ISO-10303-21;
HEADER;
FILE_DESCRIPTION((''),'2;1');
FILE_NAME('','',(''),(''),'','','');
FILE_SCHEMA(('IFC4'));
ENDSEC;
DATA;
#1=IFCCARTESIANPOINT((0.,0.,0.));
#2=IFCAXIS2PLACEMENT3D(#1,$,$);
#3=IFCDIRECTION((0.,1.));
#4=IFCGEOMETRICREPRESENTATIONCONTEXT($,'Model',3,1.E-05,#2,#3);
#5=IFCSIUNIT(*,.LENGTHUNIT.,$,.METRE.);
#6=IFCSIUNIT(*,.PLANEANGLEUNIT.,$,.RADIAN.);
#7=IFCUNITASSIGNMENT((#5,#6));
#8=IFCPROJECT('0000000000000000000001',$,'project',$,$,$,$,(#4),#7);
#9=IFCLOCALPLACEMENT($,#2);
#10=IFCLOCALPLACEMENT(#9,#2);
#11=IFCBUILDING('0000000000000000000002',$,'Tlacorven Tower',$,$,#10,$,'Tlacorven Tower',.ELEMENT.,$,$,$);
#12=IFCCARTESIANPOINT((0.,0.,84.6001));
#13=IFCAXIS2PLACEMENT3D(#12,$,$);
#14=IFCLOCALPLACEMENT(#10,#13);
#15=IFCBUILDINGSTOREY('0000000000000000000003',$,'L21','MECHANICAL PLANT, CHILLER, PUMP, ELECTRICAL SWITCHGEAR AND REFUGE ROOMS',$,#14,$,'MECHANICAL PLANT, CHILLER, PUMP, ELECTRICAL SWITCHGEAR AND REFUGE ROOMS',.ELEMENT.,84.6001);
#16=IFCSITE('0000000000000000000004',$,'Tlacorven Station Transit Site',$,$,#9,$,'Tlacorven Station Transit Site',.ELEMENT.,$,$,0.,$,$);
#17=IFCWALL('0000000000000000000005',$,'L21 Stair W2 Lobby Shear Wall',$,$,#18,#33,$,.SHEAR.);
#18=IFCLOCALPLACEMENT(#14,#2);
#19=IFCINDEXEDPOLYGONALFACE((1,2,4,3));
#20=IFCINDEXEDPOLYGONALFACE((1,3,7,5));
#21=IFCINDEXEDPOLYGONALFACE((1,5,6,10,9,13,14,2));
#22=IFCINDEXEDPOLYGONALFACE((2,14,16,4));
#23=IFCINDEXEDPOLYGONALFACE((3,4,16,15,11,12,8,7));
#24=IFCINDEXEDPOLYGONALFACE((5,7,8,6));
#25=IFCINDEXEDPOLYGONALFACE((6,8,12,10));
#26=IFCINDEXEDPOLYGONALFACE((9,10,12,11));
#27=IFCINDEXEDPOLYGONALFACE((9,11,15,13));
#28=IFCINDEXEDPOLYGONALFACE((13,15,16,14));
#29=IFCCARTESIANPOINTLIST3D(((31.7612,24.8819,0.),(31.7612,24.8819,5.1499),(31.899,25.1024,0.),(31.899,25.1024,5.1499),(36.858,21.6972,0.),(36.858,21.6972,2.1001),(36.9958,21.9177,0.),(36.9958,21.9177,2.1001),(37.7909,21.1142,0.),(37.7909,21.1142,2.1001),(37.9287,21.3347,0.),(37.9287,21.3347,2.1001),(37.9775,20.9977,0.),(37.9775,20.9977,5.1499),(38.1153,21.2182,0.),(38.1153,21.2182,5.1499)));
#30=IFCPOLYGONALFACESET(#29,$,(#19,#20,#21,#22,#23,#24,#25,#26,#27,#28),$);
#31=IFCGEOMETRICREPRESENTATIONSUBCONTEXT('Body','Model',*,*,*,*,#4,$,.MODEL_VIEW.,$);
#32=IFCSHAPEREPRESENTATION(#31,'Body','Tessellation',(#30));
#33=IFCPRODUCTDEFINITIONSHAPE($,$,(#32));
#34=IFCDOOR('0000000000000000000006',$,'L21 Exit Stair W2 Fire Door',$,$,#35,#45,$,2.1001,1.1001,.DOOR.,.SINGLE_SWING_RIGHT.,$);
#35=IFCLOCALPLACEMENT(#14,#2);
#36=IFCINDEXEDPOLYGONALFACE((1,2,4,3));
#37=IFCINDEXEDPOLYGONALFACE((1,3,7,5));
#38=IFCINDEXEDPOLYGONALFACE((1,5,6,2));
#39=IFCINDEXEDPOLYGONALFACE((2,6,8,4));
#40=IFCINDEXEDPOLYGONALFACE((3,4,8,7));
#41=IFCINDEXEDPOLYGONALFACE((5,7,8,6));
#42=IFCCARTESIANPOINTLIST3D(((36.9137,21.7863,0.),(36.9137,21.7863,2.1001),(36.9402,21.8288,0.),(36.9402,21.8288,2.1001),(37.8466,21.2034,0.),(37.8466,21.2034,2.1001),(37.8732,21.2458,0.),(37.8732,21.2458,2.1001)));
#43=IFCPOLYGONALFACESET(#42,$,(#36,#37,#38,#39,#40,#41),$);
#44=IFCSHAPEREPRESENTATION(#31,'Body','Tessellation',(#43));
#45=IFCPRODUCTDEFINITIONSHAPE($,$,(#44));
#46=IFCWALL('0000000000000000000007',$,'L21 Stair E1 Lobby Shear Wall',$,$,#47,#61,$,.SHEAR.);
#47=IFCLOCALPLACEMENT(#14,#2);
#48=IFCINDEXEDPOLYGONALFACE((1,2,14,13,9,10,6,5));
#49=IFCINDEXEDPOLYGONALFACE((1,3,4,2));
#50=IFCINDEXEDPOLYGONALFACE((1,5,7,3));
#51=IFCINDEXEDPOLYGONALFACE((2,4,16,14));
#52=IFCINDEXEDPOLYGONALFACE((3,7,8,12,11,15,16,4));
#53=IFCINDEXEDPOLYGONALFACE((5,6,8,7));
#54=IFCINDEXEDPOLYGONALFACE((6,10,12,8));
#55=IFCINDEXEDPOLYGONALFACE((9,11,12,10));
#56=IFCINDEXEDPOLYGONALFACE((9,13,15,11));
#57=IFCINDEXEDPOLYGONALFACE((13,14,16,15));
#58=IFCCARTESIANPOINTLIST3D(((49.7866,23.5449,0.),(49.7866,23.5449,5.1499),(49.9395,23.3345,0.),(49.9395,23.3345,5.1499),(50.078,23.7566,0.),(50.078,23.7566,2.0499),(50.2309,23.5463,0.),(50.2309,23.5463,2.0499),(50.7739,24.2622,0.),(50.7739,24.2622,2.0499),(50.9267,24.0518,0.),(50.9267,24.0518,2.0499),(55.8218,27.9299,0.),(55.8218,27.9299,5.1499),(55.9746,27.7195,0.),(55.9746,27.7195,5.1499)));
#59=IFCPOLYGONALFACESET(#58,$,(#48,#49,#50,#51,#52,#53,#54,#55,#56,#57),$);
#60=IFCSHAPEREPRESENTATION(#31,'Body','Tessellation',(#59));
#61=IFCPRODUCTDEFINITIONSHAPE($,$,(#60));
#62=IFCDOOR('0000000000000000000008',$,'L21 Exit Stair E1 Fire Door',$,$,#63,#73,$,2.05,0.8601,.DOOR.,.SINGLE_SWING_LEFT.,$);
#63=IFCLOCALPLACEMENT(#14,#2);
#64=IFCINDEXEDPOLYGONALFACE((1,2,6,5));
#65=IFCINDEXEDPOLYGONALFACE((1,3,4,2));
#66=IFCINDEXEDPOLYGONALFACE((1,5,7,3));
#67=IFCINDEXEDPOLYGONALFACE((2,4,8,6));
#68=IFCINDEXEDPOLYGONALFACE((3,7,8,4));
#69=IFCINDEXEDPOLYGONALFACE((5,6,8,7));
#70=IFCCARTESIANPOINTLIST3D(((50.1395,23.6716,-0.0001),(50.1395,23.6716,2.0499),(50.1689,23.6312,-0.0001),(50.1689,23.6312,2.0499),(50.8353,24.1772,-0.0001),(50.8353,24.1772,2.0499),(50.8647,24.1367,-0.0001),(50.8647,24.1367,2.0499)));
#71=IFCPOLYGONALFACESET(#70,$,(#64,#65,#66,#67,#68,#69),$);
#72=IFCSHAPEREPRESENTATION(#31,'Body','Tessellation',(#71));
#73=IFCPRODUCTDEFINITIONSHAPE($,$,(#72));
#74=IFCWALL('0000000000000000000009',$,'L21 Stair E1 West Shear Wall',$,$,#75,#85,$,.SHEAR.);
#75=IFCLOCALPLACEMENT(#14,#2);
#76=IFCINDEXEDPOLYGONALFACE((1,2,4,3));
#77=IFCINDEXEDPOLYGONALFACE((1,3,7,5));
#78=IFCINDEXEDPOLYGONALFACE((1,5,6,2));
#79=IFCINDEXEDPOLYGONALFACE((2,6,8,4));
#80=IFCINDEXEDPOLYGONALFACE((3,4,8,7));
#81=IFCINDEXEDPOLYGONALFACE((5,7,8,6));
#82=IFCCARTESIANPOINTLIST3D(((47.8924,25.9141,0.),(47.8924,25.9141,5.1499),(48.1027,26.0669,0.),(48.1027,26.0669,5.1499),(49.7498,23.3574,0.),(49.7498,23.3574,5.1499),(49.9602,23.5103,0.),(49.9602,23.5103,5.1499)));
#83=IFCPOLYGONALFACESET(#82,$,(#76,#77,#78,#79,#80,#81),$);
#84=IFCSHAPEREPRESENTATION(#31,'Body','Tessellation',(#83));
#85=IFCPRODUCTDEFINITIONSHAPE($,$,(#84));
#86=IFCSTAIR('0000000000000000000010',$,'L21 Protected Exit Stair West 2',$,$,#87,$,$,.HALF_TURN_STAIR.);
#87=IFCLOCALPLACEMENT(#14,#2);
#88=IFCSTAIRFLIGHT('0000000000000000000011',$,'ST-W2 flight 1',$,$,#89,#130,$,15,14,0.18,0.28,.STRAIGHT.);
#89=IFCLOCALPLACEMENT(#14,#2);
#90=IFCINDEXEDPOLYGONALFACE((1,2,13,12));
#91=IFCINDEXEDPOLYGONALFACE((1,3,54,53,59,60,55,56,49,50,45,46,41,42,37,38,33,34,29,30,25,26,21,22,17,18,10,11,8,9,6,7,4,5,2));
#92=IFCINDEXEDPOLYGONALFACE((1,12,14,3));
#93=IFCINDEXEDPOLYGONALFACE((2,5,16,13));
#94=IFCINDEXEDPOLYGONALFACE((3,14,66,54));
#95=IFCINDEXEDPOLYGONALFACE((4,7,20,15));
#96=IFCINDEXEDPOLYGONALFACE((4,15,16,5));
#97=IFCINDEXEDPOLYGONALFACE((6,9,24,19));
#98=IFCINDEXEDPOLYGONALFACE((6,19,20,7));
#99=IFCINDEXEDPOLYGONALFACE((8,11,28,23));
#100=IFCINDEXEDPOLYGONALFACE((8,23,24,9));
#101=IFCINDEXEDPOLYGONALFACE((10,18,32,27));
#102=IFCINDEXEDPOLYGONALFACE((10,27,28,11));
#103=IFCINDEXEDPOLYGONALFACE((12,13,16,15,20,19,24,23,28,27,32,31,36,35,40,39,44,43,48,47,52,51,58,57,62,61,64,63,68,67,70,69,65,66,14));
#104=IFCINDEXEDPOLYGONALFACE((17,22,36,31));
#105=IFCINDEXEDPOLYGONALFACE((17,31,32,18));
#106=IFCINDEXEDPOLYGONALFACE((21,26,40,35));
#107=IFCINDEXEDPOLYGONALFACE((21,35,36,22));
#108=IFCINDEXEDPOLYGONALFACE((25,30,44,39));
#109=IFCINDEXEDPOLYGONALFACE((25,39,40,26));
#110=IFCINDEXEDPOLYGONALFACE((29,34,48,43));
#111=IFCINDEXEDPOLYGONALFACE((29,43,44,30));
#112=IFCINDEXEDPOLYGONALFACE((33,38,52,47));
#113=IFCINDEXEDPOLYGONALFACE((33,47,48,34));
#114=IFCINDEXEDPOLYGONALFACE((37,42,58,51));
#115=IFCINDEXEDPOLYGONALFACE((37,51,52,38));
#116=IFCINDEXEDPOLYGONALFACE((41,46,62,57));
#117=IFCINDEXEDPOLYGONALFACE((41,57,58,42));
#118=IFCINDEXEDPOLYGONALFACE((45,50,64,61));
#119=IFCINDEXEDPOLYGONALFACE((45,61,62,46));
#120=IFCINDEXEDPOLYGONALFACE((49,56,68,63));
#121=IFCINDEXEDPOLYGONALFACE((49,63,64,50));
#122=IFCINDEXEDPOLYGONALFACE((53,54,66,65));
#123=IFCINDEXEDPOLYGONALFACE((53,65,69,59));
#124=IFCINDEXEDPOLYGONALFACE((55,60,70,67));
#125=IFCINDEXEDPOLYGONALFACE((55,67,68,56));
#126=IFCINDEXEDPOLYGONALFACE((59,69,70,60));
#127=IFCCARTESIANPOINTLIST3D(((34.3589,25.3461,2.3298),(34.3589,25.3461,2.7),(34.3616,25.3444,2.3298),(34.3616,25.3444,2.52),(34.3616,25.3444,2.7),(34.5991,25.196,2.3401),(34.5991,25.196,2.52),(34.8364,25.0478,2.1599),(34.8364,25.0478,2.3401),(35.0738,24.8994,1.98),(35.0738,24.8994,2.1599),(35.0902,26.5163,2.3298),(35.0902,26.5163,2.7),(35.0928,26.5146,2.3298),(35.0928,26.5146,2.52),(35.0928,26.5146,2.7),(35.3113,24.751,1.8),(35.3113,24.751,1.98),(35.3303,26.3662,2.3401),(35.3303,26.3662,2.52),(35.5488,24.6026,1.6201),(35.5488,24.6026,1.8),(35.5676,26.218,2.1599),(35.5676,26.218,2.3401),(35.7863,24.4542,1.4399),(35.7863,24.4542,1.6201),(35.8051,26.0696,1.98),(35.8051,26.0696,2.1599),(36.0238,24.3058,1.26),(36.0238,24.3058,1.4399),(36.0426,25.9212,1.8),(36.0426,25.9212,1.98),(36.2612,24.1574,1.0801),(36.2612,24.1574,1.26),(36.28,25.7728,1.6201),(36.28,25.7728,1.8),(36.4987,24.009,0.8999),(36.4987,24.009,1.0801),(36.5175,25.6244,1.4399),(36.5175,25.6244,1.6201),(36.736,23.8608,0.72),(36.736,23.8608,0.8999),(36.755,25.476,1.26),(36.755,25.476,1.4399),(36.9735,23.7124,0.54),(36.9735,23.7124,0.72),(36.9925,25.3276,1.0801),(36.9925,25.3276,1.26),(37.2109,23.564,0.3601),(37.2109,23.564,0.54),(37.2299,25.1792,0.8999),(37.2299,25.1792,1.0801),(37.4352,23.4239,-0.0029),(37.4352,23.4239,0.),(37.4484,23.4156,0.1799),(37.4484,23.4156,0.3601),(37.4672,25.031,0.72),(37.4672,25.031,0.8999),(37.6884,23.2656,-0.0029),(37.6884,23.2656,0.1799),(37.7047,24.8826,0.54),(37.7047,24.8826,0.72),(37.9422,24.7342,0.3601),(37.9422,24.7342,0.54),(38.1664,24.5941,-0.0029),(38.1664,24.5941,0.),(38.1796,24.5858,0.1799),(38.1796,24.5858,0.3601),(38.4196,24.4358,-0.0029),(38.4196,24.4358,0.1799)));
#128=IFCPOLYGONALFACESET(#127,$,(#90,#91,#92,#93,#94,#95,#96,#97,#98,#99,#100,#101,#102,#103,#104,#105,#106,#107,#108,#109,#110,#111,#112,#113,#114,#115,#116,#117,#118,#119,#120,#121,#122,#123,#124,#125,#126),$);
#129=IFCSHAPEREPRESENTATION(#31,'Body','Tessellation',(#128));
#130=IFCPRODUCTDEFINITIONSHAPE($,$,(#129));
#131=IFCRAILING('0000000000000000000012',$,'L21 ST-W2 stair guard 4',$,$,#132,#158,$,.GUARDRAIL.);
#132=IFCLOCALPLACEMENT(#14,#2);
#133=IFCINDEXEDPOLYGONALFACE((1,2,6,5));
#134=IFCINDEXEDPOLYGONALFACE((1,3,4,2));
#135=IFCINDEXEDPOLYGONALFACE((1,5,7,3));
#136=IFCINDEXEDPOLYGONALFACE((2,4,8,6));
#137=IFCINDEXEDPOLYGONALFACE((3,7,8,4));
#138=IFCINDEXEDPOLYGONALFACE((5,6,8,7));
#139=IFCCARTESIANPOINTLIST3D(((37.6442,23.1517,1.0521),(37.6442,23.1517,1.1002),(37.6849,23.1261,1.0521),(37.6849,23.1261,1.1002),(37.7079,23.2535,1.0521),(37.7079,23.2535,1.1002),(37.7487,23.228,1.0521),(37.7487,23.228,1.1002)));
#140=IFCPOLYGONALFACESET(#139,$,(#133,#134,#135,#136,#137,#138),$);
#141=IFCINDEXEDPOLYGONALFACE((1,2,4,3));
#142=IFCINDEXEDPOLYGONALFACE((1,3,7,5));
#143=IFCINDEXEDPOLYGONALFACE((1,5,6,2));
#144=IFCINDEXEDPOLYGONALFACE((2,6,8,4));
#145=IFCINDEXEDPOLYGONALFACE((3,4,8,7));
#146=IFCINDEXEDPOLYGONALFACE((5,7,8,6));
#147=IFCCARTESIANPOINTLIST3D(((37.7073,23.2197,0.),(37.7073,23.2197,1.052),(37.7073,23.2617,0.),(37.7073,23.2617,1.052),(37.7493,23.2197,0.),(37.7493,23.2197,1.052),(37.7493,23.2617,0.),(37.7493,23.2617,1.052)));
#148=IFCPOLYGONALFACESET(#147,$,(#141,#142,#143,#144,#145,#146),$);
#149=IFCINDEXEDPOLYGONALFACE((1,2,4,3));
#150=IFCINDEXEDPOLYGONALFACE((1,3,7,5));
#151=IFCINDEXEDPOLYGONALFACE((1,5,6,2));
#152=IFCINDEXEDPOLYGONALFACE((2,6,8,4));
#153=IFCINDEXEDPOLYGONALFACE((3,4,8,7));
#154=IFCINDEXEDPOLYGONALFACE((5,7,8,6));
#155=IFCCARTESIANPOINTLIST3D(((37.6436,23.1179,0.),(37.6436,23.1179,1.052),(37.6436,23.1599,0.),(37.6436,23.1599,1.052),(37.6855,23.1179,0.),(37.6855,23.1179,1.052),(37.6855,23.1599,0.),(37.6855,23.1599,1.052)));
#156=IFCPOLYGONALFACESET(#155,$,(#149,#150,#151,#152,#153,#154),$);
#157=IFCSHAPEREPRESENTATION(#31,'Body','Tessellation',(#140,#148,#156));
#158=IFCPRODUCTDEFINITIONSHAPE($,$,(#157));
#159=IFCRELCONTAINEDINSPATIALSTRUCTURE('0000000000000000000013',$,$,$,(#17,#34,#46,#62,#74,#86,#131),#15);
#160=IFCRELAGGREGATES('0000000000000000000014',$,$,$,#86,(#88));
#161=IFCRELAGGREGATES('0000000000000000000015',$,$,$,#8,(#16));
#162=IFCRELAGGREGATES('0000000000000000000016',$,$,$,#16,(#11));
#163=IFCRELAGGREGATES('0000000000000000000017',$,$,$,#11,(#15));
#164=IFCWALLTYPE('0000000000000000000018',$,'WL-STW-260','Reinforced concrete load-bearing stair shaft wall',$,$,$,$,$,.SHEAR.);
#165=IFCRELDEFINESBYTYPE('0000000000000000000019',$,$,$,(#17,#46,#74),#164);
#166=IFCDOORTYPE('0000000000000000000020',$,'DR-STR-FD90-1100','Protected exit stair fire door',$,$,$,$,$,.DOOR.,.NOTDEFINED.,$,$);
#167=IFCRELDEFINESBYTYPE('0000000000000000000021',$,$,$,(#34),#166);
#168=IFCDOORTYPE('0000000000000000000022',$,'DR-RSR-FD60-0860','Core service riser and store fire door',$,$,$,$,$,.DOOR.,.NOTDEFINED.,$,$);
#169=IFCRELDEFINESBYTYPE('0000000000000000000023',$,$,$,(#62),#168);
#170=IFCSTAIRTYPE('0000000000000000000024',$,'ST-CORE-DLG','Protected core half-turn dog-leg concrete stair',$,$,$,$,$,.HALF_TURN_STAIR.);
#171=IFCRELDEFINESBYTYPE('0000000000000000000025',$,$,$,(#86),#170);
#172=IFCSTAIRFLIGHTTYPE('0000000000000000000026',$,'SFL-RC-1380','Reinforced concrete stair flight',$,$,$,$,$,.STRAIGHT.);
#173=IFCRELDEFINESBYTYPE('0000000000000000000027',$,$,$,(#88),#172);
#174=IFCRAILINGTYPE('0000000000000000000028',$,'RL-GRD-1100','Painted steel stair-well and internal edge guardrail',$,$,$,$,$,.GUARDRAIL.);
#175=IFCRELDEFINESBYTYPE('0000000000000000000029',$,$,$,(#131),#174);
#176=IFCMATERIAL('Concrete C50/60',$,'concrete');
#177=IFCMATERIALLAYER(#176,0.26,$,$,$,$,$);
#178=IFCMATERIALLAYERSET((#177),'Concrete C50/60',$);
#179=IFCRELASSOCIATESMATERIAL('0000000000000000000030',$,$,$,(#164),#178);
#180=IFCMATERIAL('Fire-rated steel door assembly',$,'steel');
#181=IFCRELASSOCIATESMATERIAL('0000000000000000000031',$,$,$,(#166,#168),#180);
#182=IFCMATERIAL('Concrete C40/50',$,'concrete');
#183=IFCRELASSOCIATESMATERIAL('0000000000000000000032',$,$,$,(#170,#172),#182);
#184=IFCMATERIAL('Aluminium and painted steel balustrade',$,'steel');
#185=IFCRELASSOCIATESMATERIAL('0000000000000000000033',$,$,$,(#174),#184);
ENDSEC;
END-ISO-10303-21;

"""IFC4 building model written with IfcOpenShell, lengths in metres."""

from ifc_helpers import new_model, si_unit, direction, frame, frame_2d, origin, origin_2d, place, context, subcontext, project, spatial, polyline, rectangle, outline, extrude, source, transform, mapped, material, layer, layer_set, type_object, element, fill, aggregate, save


model = new_model("IFC4")

# Units and contexts
model_context = context("Model", 3, precision=1e-05, world=origin(), true_north=direction((0.0, 1.0)))
body_context = subcontext(model_context, "Body", "Model", "MODEL_VIEW")
ifc_project = project(units=[si_unit("LENGTHUNIT", "METRE"), si_unit("PLANEANGLEUNIT", "RADIAN")], contexts=[model_context])

# Site, building, storey
site_placement = place(None, origin())
site = spatial("IfcSite", under=ifc_project, at=site_placement, Name="Tlacorven Station Transit Site", LongName="Tlacorven Station Transit Site", CompositionType="ELEMENT", RefElevation=0.0)
building_placement = place(site_placement, origin())
building = spatial("IfcBuilding", under=site, at=building_placement, Name="Tlacorven Tower", LongName="Tlacorven Tower", CompositionType="ELEMENT")
storey_placement = place(building_placement, frame((0.0, 0.0, 84.6001)))
storey = spatial("IfcBuildingStorey", under=building, at=storey_placement, Name="L21", Description="MECHANICAL PLANT, CHILLER, PUMP, ELECTRICAL SWITCHGEAR AND REFUGE ROOMS", LongName="MECHANICAL PLANT, CHILLER, PUMP, ELECTRICAL SWITCHGEAR AND REFUGE ROOMS", CompositionType="ELEMENT", Elevation=84.6001)

# Shared definitions
ifc_material_1 = material(Name="Concrete C40/50", Category="concrete")
ifc_material_2 = material(Name="Fire-rated steel door assembly", Category="steel")

# Shared definitions
ifc_material_3 = material(Name="Concrete C50/60", Category="concrete")
ifc_layer_1 = layer(ifc_material_3, 0.26)
ifc_layer_set_1 = layer_set([ifc_layer_1], Name="Concrete C50/60")
wall_type_1 = type_object("IfcWallType", Name="WL-STW-260", Description="Reinforced concrete load-bearing stair shaft wall", PredefinedType="SHEAR", material=ifc_layer_set_1)

# Walls, openings, doors
wall_1_placement = place(storey_placement, frame((38.0464, 21.1079, 0.0), z_axis=(0.0, 0.0, 1.0), x_axis=(-0.848054, 0.529909, 0.0)))
wall_1 = element("IfcWall", 1, at=wall_1_placement, inside=storey, type_object=wall_type_1, Name="L21 Stair W2 Lobby Shear Wall", PredefinedType="SHEAR", context=body_context, shape_type="SweptSolid", body=[
    extrude(rectangle(XDim=7.3301, YDim=0.26, at=frame_2d((3.665, 0.0))), origin(), (0.0, 0.0, 1.0), 5.1499),
])
opening_1_placement = place(wall_1_placement, frame((0.22, 0.0, 0.0)))
opening_1 = element("IfcOpeningElement", 2, at=opening_1_placement, cuts=wall_1, PredefinedType="OPENING", context=body_context, shape_type="SweptSolid", body=[
    extrude(rectangle(XDim=1.1001, YDim=2.1001, at=frame_2d((0.55, 1.05))), frame((0.0, 0.1401, 0.0), z_axis=(0.0, -1.0, 0.0), x_axis=(1.0, 0.0, 0.0)), (0.0, 0.0, 1.0), 0.28),
])
door_type_1 = type_object("IfcDoorType", Name="DR-STR-FD90-1100", Description="Protected exit stair fire door", OperationType="NOTDEFINED", PredefinedType="DOOR", material=ifc_material_2)
shared_shape_1 = source(origin(), body_context, "Body", "SweptSolid", [
    extrude(rectangle(XDim=1.1001, YDim=2.1001, at=frame_2d((0.55, 1.05))), frame((0.0, 0.0249, 0.0), z_axis=(0.0, -1.0, 0.0), x_axis=(1.0, 0.0, 0.0)), (0.0, 0.0, 1.0), 0.05),
])
door_1_placement = place(opening_1_placement, origin())
door_1 = element("IfcDoor", 3, at=door_1_placement, inside=storey, type_object=door_type_1, Name="L21 Exit Stair W2 Fire Door", OperationType="SINGLE_SWING_RIGHT", OverallHeight=2.1001, OverallWidth=1.1001, PredefinedType="DOOR", context=body_context, shape_type="MappedRepresentation", body=[
    mapped(shared_shape_1, transform((0.0, 0.0, 0.0), scale=1.0)),
])
fill(opening_1, door_1)
wall_2_placement = place(storey_placement, frame((49.863, 23.4397, 0.0), z_axis=(0.0, 0.0, 1.0), x_axis=(0.809003, 0.587804, 0.0)))
wall_2 = element("IfcWall", 4, at=wall_2_placement, inside=storey, type_object=wall_type_1, Name="L21 Stair E1 Lobby Shear Wall", PredefinedType="SHEAR", context=body_context, shape_type="SweptSolid", body=[
    extrude(rectangle(XDim=7.46, YDim=0.26, at=frame_2d((3.73, 0.0))), origin(), (0.0, 0.0, 1.0), 5.1499),
])
opening_2_placement = place(wall_2_placement, frame((0.3601, 0.0, 0.0)))
opening_2 = element("IfcOpeningElement", 5, at=opening_2_placement, cuts=wall_2, PredefinedType="OPENING", context=body_context, shape_type="SweptSolid", body=[
    extrude(rectangle(XDim=0.8601, YDim=2.05, at=frame_2d((0.4302, 1.0249))), frame((0.0, 0.1401, 0.0), z_axis=(0.0, -1.0, 0.0), x_axis=(1.0, 0.0, 0.0)), (0.0, 0.0, 1.0), 0.28),
])
door_type_2 = type_object("IfcDoorType", Name="DR-RSR-FD60-0860", Description="Core service riser and store fire door", OperationType="NOTDEFINED", PredefinedType="DOOR", material=ifc_material_2)
shared_shape_2 = source(origin(), body_context, "Body", "SweptSolid", [
    extrude(rectangle(XDim=0.8601, YDim=2.05, at=frame_2d((0.4302, 1.0249))), frame((0.0, 0.0249, 0.0), z_axis=(0.0, -1.0, 0.0), x_axis=(1.0, 0.0, 0.0)), (0.0, 0.0, 1.0), 0.05),
])
door_2_placement = place(opening_2_placement, frame((0.8601, 0.0, 0.0), z_axis=(0.0, 0.0, 1.0), x_axis=(-1.0, 0.0, 0.0)))
door_2 = element("IfcDoor", 6, at=door_2_placement, inside=storey, type_object=door_type_2, Name="L21 Exit Stair E1 Fire Door", OperationType="SINGLE_SWING_LEFT", OverallHeight=2.05, OverallWidth=0.8601, PredefinedType="DOOR", context=body_context, shape_type="MappedRepresentation", body=[
    mapped(shared_shape_2, transform((0.0, 0.0, 0.0), scale=1.0)),
])
fill(opening_2, door_2)

# Wall
wall_3_placement = place(storey_placement, frame((49.855, 23.4338, 0.0), z_axis=(0.0, 0.0, 1.0), x_axis=(-0.587767, 0.80903, 0.0)))
element("IfcWall", 7, at=wall_3_placement, inside=storey, type_object=wall_type_1, Name="L21 Stair E1 West Shear Wall", PredefinedType="SHEAR", context=body_context, shape_type="SweptSolid", body=[
    extrude(rectangle(XDim=3.1602, YDim=0.26, at=frame_2d((1.5801, 0.0))), origin(), (0.0, 0.0, 1.0), 5.1499),
])

# Stair, stair flight
stair_type = type_object("IfcStairType", Name="ST-CORE-DLG", Description="Protected core half-turn dog-leg concrete stair", PredefinedType="HALF_TURN_STAIR", material=ifc_material_1)
stair_placement = place(storey_placement, origin())
stair = element("IfcStair", 8, at=stair_placement, inside=storey, type_object=stair_type, Name="L21 Protected Exit Stair West 2", PredefinedType="HALF_TURN_STAIR")
stair_flight_type = type_object("IfcStairFlightType", Name="SFL-RC-1380", Description="Reinforced concrete stair flight", PredefinedType="STRAIGHT", material=ifc_material_1)
shared_shape_3 = source(origin(), body_context, "Body", "SweptSolid", [
    extrude(outline(polyline([(-0.0029, -0.0029), (-0.0029, 0.1799), (0.28, 0.1799), (0.28, 0.3601), (0.5601, 0.3601), (0.5601, 0.54), (0.8401, 0.54), (0.8401, 0.72), (1.1201, 0.72), (1.1201, 0.8999), (1.3999, 0.8999), (1.3999, 1.0801), (1.6799, 1.0801), (1.6799, 1.26), (1.96, 1.26), (1.96, 1.4399), (2.24, 1.4399), (2.24, 1.6201), (2.52, 1.6201), (2.52, 1.8), (2.8, 1.8), (2.8, 1.98), (3.0801, 1.98), (3.0801, 2.1599), (3.3601, 2.1599), (3.3601, 2.3401), (3.6399, 2.3401), (3.6399, 2.52), (3.9199, 2.52), (3.9199, 2.7), (3.9231, 2.7), (3.9231, 2.3298), (3.9199, 2.3298), (0.2957, 0.0), (0.2957, -0.0029), (-0.0029, -0.0029)])), frame((0.0, 0.6899, 0.0), z_axis=(0.0, -1.0, 0.0), x_axis=(1.0, 0.0, 0.0)), (0.0, 0.0, 1.0), 1.3799),
])
stair_flight_placement = place(storey_placement, frame((38.0515, 23.8523, 0.0), z_axis=(0.0, 0.0, 1.0), x_axis=(-0.848048, 0.529919, 0.0)))
stair_flight = element("IfcStairFlight", 9, at=stair_flight_placement, type_object=stair_flight_type, Name="ST-W2 flight 1", NumberOfRisers=15, NumberOfTreads=14, PredefinedType="STRAIGHT", RiserHeight=0.18, TreadLength=0.28, context=body_context, shape_type="MappedRepresentation", body=[
    mapped(shared_shape_3, transform((0.0, 0.0, 0.0), scale=1.0)),
])
aggregate(stair, [stair_flight])

# Railing
ifc_material_4 = material(Name="Aluminium and painted steel balustrade", Category="steel")
railing_type_1 = type_object("IfcRailingType", Name="RL-GRD-1100", Description="Painted steel stair-well and internal edge guardrail", PredefinedType="GUARDRAIL", material=ifc_material_4)
shared_shape_4 = source(origin(), body_context, "Body", "SweptSolid", [
    extrude(rectangle(XDim=0.0481, YDim=0.0481, at=origin_2d()), frame((0.0, 0.0, 1.0762), z_axis=(-0.530547, -0.847656, 0.0), x_axis=(0.847656, -0.530547, 0.0)), (0.0, 0.0, 1.0), 0.1201),
    extrude(rectangle(XDim=0.042, YDim=0.042, at=origin_2d()), origin(), (0.0, 0.0, 1.0), 1.052),
    extrude(rectangle(XDim=0.042, YDim=0.042, at=origin_2d()), frame((-0.0637, -0.1018, 0.0)), (0.0, 0.0, 1.0), 1.052),
])
railing_1_placement = place(storey_placement, frame((37.7283, 23.2407, 0.0)))
element("IfcRailing", 10, at=railing_1_placement, inside=storey, type_object=railing_type_1, Name="L21 ST-W2 stair guard 4", PredefinedType="GUARDRAIL", context=body_context, shape_type="MappedRepresentation", body=[
    mapped(shared_shape_4, transform((0.0, 0.0, 0.0), scale=1.0)),
])

save(model, "model.ifc")
